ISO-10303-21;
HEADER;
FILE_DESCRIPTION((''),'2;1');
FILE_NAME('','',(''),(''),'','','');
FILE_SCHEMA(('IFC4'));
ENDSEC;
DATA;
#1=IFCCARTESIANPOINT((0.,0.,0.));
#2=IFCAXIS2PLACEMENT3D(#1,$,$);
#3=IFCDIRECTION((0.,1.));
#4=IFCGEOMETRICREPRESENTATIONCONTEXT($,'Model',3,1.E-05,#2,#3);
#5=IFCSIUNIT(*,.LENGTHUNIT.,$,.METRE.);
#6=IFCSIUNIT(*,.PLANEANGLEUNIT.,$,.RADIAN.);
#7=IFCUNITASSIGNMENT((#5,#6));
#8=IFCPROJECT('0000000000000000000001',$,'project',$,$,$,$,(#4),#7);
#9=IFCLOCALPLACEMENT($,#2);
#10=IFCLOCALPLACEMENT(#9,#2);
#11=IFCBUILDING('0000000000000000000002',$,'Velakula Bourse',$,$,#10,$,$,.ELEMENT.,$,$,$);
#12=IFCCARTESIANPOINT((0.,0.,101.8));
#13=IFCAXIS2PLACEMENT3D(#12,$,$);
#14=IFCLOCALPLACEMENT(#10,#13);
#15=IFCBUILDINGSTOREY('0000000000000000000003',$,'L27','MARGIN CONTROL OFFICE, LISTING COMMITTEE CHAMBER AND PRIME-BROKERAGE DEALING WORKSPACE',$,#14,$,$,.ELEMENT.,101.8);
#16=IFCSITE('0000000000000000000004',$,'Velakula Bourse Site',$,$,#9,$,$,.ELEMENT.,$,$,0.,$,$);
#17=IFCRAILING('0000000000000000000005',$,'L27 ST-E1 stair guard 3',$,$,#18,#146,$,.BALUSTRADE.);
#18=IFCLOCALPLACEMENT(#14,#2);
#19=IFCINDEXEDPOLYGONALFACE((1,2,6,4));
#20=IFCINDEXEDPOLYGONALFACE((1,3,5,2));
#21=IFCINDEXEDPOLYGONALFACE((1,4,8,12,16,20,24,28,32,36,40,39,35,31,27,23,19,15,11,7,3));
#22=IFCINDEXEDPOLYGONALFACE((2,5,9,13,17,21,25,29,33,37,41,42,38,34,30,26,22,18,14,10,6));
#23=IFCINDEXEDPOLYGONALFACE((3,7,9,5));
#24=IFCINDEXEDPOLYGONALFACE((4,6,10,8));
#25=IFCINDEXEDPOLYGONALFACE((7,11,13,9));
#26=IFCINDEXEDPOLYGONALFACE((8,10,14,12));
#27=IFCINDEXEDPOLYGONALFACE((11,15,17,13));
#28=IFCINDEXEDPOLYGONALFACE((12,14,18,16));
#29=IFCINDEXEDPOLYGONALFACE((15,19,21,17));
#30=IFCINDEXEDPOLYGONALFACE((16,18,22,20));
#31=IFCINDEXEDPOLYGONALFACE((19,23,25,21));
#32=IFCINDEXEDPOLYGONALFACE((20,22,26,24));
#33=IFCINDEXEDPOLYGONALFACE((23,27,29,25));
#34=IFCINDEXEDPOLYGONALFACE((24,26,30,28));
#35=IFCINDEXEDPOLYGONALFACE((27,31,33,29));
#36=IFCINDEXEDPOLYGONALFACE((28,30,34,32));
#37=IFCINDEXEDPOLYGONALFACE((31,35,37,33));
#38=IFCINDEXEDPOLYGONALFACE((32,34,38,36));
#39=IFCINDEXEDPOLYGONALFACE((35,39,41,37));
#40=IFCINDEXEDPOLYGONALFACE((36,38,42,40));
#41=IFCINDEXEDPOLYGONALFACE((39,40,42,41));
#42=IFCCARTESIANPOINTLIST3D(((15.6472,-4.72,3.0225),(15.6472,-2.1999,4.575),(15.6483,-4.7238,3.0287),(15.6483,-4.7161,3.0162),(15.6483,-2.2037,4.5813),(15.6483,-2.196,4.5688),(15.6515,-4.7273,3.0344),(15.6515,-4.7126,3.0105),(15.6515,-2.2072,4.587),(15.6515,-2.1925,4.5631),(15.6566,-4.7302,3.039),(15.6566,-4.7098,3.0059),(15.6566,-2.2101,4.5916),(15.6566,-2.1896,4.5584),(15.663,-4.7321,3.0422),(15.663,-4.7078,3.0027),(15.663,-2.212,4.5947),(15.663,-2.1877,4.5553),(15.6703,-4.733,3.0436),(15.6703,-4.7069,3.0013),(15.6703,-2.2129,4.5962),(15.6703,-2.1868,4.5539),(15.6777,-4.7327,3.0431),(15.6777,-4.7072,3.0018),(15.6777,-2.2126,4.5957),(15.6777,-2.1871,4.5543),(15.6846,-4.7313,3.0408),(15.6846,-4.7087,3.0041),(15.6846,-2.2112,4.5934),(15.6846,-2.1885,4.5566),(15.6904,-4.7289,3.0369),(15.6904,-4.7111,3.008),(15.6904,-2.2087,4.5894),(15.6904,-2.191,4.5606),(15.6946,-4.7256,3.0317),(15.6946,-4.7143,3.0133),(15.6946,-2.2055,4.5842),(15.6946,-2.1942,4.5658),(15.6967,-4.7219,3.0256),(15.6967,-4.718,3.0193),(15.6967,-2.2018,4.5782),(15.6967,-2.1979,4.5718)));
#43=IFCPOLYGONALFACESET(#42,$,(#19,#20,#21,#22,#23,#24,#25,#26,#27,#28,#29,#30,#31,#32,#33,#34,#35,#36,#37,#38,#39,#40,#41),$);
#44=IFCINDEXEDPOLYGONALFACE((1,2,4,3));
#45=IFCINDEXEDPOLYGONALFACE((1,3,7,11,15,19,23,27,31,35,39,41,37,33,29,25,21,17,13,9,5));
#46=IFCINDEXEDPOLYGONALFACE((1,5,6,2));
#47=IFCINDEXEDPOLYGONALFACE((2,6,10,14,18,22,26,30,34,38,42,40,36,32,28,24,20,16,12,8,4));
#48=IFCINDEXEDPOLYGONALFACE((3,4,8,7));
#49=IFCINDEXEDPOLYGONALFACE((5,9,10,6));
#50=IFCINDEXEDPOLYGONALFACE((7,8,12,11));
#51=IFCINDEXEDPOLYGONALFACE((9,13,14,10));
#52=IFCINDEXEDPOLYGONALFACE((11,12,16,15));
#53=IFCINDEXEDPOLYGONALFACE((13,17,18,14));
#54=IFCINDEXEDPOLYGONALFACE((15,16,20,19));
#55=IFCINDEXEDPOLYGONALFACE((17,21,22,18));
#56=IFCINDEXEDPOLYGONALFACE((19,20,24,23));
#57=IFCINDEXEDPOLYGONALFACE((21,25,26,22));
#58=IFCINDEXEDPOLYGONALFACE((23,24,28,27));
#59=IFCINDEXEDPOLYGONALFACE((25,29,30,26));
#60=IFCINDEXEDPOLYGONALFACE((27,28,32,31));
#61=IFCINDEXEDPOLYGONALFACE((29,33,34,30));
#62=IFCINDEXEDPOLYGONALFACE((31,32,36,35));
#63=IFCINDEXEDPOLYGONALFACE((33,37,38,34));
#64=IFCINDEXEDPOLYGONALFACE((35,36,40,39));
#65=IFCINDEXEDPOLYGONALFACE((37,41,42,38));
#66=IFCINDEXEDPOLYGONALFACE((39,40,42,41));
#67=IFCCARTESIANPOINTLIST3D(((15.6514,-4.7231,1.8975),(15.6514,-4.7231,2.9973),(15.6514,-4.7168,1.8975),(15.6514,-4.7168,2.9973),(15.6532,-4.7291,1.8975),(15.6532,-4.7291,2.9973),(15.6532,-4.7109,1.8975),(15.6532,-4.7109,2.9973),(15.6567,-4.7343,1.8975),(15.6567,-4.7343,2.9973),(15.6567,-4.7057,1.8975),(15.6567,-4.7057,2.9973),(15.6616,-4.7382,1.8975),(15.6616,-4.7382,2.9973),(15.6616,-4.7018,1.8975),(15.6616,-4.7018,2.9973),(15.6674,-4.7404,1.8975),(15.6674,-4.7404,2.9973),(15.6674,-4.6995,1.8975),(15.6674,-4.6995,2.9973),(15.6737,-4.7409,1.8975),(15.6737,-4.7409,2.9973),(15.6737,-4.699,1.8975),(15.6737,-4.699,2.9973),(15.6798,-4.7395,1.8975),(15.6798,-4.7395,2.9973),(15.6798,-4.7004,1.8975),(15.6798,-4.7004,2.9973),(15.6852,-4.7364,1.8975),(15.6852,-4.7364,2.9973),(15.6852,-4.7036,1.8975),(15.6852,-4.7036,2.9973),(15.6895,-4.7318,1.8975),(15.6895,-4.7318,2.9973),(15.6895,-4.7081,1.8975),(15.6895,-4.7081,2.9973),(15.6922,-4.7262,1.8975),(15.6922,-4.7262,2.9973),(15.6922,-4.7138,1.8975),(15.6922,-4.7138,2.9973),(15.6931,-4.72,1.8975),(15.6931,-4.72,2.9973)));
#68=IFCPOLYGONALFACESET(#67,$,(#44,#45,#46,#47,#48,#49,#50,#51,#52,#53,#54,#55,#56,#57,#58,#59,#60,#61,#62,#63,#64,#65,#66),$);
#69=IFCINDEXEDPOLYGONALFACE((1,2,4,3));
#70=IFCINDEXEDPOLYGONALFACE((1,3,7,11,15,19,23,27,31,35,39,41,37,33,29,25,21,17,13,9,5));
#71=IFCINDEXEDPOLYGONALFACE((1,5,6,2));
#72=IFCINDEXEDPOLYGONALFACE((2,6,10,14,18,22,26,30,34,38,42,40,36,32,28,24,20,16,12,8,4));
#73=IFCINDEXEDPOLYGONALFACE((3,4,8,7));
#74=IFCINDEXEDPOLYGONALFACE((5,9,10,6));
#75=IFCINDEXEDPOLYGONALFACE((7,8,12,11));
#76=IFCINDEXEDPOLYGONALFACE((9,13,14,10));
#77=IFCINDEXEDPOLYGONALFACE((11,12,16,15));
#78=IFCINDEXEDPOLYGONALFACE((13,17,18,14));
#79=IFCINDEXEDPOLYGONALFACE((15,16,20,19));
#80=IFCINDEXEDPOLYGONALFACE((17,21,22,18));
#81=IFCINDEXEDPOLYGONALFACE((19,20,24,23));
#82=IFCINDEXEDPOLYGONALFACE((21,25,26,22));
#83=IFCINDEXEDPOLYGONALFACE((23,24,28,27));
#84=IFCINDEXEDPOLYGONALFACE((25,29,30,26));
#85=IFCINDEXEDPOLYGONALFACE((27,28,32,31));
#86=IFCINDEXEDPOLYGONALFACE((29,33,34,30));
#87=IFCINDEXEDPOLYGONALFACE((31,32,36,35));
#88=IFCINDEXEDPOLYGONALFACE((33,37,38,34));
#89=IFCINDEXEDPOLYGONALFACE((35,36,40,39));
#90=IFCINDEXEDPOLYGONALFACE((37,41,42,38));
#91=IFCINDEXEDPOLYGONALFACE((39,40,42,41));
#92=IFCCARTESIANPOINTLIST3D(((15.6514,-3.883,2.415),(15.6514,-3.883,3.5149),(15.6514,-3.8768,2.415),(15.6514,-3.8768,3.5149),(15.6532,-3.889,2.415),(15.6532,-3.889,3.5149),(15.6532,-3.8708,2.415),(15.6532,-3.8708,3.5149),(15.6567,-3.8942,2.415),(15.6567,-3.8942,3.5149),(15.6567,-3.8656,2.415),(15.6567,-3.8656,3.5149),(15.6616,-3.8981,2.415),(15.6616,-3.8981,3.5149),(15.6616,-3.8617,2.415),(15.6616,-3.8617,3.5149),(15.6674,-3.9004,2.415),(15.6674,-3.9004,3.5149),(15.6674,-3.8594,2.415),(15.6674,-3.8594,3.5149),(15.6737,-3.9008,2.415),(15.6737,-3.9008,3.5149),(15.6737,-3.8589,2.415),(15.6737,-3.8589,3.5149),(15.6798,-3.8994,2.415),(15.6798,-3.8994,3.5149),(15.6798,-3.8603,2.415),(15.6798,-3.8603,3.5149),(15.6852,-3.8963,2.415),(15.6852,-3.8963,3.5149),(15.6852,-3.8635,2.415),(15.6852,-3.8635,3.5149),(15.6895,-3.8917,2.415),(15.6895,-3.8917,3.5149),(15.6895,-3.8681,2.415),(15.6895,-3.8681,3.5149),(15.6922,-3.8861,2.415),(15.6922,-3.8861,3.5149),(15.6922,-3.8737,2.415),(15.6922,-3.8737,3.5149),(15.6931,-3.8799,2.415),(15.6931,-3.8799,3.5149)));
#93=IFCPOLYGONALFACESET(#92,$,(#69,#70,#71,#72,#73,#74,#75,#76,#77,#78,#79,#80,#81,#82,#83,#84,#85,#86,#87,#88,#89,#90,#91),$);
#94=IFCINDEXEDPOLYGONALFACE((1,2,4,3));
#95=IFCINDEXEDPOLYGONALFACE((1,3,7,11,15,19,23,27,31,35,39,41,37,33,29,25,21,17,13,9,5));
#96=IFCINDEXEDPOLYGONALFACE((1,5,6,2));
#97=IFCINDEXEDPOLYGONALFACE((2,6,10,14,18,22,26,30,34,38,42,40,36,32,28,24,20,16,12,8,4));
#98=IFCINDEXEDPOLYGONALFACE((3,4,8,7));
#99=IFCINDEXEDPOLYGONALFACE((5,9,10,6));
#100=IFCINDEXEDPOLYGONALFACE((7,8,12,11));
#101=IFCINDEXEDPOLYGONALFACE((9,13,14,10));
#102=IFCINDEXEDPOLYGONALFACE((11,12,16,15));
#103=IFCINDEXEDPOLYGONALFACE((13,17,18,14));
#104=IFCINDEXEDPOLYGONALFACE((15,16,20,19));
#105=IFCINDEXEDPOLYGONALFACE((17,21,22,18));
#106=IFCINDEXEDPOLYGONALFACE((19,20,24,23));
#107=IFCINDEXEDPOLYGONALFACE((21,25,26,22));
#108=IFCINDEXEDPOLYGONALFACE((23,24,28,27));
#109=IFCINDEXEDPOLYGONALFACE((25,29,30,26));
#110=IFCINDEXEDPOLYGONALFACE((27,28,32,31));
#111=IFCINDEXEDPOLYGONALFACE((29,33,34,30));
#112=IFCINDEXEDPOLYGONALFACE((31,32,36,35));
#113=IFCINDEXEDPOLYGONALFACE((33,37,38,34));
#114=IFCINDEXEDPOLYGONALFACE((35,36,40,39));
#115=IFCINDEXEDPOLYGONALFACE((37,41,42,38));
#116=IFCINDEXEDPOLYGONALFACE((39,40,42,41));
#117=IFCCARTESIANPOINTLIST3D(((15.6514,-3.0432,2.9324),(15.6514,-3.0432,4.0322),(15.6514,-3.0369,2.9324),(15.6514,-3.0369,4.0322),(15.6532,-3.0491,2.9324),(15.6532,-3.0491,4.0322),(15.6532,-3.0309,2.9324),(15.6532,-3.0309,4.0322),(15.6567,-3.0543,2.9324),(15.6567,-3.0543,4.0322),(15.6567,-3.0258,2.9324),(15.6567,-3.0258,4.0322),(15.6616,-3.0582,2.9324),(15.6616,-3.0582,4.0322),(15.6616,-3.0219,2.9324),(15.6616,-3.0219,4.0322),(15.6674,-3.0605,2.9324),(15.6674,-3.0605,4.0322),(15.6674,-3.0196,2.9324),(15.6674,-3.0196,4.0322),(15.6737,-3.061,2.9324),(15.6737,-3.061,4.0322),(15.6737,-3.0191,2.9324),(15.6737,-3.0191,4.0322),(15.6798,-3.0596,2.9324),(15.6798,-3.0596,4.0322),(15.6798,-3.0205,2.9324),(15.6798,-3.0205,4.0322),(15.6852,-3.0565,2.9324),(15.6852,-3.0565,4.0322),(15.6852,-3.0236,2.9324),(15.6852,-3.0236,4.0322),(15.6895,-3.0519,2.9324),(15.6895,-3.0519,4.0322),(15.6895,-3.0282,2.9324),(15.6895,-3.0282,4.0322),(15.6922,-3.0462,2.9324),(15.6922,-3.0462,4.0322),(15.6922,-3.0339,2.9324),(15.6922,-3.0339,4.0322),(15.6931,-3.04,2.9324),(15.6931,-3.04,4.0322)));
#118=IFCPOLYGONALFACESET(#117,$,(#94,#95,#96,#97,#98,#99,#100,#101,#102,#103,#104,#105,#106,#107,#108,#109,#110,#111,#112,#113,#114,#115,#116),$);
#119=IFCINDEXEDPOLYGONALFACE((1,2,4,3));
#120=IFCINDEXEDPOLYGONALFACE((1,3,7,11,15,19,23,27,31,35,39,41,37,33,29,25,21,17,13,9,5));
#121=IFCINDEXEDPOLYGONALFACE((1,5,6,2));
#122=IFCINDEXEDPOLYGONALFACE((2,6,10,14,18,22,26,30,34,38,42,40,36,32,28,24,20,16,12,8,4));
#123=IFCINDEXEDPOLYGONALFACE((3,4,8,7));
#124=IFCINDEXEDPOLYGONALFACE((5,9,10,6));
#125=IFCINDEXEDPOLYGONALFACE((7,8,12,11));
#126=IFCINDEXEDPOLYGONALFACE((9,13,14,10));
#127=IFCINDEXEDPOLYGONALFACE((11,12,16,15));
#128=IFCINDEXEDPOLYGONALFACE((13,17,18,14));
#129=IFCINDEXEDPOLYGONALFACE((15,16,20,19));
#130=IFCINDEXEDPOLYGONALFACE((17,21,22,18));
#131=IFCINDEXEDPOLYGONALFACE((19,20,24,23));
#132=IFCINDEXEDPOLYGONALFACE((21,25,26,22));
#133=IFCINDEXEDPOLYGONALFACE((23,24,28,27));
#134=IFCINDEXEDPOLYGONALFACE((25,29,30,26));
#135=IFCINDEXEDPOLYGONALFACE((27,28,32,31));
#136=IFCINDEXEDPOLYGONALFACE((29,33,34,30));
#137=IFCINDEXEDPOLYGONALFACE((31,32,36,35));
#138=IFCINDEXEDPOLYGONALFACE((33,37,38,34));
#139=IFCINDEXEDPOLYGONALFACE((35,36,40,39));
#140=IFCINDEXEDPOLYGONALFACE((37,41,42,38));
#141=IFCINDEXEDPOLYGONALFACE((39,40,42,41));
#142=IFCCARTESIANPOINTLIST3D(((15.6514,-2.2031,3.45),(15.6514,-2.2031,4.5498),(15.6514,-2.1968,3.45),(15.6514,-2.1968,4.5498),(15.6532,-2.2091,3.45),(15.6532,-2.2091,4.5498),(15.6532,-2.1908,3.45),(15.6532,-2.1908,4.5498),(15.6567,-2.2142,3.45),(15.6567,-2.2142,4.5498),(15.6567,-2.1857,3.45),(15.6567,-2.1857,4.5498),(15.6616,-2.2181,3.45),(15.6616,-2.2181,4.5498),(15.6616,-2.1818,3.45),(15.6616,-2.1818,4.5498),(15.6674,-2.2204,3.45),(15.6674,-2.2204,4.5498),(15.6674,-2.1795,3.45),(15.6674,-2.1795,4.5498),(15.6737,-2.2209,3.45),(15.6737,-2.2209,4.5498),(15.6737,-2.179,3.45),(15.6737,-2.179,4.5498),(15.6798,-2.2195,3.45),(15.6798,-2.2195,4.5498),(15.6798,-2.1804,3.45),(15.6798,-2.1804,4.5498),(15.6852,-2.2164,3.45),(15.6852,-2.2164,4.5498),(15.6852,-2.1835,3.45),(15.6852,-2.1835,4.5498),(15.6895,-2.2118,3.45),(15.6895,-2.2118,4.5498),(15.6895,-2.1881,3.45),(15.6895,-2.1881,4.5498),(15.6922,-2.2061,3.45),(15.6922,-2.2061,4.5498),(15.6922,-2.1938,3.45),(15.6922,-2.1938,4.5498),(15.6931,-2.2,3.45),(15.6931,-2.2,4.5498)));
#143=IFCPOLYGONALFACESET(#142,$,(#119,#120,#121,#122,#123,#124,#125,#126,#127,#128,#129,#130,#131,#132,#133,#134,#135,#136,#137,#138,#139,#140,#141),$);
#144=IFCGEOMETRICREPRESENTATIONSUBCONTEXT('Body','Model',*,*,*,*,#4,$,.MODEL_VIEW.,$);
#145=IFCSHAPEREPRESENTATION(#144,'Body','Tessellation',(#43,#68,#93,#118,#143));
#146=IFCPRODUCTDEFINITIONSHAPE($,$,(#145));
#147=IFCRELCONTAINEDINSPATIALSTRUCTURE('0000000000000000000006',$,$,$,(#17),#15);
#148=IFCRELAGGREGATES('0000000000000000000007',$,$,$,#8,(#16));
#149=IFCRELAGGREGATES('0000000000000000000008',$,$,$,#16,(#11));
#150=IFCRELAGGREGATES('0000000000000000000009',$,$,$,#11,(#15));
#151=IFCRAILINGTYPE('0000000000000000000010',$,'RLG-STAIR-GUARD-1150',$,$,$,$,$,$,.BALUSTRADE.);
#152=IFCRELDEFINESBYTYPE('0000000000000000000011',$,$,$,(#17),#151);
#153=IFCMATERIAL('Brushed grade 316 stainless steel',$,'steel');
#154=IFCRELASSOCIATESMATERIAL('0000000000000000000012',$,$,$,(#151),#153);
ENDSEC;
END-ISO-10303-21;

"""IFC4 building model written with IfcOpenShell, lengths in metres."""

from ifc_helpers import new_model, si_unit, direction, frame, origin, origin_2d, place, context, subcontext, project, spatial, circle, extrude, material, type_object, element, save


model = new_model("IFC4")

# Units and contexts
model_context = context("Model", 3, precision=1e-05, world=origin(), true_north=direction((0.0, 1.0)))
body_context = subcontext(model_context, "Body", "Model", "MODEL_VIEW")
ifc_project = project(units=[si_unit("LENGTHUNIT", "METRE"), si_unit("PLANEANGLEUNIT", "RADIAN")], contexts=[model_context])

# Site, building, storey
site_placement = place(None, origin())
site = spatial("IfcSite", under=ifc_project, at=site_placement, Name="Velakula Bourse Site", CompositionType="ELEMENT", RefElevation=0.0)
building_placement = place(site_placement, origin())
building = spatial("IfcBuilding", under=site, at=building_placement, Name="Velakula Bourse", CompositionType="ELEMENT")
storey_placement = place(building_placement, frame((0.0, 0.0, 101.8)))
storey = spatial("IfcBuildingStorey", under=building, at=storey_placement, Name="L27", Description="MARGIN CONTROL OFFICE, LISTING COMMITTEE CHAMBER AND PRIME-BROKERAGE DEALING WORKSPACE", CompositionType="ELEMENT", Elevation=101.8)

# Shared definitions
ifc_material_1 = material(Name="Brushed grade 316 stainless steel", Category="steel")

# Railing
railing_type_1 = type_object("IfcRailingType", Name="RLG-STAIR-GUARD-1150", PredefinedType="BALUSTRADE", material=ifc_material_1)
railing_1_placement = place(storey_placement, frame((15.6721, -4.72, 1.8975)))
element("IfcRailing", 1, at=railing_1_placement, inside=storey, type_object=railing_type_1, Name="L27 ST-E1 stair guard 3", PredefinedType="BALUSTRADE", context=body_context, shape_type="SweptSolid", body=[
    extrude(circle(Radius=0.0249, at=origin_2d()), frame((0.0, 0.0, 1.125), z_axis=(0.0, 0.8514, 0.524516), x_axis=(-1.0, 0.0, 0.0)), (0.0, 0.0, 1.0), 2.96),
    extrude(circle(Radius=0.021, at=origin_2d()), origin(), (0.0, 0.0, 1.0), 1.0999),
    extrude(circle(Radius=0.021, at=origin_2d()), frame((0.0, 0.8401, 0.5176)), (0.0, 0.0, 1.0), 1.0999),
    extrude(circle(Radius=0.021, at=origin_2d()), frame((0.0, 1.6799, 1.0349)), (0.0, 0.0, 1.0), 1.0999),
    extrude(circle(Radius=0.021, at=origin_2d()), frame((0.0, 2.52, 1.5525)), (0.0, 0.0, 1.0), 1.0999),
])

save(model, "model.ifc")
